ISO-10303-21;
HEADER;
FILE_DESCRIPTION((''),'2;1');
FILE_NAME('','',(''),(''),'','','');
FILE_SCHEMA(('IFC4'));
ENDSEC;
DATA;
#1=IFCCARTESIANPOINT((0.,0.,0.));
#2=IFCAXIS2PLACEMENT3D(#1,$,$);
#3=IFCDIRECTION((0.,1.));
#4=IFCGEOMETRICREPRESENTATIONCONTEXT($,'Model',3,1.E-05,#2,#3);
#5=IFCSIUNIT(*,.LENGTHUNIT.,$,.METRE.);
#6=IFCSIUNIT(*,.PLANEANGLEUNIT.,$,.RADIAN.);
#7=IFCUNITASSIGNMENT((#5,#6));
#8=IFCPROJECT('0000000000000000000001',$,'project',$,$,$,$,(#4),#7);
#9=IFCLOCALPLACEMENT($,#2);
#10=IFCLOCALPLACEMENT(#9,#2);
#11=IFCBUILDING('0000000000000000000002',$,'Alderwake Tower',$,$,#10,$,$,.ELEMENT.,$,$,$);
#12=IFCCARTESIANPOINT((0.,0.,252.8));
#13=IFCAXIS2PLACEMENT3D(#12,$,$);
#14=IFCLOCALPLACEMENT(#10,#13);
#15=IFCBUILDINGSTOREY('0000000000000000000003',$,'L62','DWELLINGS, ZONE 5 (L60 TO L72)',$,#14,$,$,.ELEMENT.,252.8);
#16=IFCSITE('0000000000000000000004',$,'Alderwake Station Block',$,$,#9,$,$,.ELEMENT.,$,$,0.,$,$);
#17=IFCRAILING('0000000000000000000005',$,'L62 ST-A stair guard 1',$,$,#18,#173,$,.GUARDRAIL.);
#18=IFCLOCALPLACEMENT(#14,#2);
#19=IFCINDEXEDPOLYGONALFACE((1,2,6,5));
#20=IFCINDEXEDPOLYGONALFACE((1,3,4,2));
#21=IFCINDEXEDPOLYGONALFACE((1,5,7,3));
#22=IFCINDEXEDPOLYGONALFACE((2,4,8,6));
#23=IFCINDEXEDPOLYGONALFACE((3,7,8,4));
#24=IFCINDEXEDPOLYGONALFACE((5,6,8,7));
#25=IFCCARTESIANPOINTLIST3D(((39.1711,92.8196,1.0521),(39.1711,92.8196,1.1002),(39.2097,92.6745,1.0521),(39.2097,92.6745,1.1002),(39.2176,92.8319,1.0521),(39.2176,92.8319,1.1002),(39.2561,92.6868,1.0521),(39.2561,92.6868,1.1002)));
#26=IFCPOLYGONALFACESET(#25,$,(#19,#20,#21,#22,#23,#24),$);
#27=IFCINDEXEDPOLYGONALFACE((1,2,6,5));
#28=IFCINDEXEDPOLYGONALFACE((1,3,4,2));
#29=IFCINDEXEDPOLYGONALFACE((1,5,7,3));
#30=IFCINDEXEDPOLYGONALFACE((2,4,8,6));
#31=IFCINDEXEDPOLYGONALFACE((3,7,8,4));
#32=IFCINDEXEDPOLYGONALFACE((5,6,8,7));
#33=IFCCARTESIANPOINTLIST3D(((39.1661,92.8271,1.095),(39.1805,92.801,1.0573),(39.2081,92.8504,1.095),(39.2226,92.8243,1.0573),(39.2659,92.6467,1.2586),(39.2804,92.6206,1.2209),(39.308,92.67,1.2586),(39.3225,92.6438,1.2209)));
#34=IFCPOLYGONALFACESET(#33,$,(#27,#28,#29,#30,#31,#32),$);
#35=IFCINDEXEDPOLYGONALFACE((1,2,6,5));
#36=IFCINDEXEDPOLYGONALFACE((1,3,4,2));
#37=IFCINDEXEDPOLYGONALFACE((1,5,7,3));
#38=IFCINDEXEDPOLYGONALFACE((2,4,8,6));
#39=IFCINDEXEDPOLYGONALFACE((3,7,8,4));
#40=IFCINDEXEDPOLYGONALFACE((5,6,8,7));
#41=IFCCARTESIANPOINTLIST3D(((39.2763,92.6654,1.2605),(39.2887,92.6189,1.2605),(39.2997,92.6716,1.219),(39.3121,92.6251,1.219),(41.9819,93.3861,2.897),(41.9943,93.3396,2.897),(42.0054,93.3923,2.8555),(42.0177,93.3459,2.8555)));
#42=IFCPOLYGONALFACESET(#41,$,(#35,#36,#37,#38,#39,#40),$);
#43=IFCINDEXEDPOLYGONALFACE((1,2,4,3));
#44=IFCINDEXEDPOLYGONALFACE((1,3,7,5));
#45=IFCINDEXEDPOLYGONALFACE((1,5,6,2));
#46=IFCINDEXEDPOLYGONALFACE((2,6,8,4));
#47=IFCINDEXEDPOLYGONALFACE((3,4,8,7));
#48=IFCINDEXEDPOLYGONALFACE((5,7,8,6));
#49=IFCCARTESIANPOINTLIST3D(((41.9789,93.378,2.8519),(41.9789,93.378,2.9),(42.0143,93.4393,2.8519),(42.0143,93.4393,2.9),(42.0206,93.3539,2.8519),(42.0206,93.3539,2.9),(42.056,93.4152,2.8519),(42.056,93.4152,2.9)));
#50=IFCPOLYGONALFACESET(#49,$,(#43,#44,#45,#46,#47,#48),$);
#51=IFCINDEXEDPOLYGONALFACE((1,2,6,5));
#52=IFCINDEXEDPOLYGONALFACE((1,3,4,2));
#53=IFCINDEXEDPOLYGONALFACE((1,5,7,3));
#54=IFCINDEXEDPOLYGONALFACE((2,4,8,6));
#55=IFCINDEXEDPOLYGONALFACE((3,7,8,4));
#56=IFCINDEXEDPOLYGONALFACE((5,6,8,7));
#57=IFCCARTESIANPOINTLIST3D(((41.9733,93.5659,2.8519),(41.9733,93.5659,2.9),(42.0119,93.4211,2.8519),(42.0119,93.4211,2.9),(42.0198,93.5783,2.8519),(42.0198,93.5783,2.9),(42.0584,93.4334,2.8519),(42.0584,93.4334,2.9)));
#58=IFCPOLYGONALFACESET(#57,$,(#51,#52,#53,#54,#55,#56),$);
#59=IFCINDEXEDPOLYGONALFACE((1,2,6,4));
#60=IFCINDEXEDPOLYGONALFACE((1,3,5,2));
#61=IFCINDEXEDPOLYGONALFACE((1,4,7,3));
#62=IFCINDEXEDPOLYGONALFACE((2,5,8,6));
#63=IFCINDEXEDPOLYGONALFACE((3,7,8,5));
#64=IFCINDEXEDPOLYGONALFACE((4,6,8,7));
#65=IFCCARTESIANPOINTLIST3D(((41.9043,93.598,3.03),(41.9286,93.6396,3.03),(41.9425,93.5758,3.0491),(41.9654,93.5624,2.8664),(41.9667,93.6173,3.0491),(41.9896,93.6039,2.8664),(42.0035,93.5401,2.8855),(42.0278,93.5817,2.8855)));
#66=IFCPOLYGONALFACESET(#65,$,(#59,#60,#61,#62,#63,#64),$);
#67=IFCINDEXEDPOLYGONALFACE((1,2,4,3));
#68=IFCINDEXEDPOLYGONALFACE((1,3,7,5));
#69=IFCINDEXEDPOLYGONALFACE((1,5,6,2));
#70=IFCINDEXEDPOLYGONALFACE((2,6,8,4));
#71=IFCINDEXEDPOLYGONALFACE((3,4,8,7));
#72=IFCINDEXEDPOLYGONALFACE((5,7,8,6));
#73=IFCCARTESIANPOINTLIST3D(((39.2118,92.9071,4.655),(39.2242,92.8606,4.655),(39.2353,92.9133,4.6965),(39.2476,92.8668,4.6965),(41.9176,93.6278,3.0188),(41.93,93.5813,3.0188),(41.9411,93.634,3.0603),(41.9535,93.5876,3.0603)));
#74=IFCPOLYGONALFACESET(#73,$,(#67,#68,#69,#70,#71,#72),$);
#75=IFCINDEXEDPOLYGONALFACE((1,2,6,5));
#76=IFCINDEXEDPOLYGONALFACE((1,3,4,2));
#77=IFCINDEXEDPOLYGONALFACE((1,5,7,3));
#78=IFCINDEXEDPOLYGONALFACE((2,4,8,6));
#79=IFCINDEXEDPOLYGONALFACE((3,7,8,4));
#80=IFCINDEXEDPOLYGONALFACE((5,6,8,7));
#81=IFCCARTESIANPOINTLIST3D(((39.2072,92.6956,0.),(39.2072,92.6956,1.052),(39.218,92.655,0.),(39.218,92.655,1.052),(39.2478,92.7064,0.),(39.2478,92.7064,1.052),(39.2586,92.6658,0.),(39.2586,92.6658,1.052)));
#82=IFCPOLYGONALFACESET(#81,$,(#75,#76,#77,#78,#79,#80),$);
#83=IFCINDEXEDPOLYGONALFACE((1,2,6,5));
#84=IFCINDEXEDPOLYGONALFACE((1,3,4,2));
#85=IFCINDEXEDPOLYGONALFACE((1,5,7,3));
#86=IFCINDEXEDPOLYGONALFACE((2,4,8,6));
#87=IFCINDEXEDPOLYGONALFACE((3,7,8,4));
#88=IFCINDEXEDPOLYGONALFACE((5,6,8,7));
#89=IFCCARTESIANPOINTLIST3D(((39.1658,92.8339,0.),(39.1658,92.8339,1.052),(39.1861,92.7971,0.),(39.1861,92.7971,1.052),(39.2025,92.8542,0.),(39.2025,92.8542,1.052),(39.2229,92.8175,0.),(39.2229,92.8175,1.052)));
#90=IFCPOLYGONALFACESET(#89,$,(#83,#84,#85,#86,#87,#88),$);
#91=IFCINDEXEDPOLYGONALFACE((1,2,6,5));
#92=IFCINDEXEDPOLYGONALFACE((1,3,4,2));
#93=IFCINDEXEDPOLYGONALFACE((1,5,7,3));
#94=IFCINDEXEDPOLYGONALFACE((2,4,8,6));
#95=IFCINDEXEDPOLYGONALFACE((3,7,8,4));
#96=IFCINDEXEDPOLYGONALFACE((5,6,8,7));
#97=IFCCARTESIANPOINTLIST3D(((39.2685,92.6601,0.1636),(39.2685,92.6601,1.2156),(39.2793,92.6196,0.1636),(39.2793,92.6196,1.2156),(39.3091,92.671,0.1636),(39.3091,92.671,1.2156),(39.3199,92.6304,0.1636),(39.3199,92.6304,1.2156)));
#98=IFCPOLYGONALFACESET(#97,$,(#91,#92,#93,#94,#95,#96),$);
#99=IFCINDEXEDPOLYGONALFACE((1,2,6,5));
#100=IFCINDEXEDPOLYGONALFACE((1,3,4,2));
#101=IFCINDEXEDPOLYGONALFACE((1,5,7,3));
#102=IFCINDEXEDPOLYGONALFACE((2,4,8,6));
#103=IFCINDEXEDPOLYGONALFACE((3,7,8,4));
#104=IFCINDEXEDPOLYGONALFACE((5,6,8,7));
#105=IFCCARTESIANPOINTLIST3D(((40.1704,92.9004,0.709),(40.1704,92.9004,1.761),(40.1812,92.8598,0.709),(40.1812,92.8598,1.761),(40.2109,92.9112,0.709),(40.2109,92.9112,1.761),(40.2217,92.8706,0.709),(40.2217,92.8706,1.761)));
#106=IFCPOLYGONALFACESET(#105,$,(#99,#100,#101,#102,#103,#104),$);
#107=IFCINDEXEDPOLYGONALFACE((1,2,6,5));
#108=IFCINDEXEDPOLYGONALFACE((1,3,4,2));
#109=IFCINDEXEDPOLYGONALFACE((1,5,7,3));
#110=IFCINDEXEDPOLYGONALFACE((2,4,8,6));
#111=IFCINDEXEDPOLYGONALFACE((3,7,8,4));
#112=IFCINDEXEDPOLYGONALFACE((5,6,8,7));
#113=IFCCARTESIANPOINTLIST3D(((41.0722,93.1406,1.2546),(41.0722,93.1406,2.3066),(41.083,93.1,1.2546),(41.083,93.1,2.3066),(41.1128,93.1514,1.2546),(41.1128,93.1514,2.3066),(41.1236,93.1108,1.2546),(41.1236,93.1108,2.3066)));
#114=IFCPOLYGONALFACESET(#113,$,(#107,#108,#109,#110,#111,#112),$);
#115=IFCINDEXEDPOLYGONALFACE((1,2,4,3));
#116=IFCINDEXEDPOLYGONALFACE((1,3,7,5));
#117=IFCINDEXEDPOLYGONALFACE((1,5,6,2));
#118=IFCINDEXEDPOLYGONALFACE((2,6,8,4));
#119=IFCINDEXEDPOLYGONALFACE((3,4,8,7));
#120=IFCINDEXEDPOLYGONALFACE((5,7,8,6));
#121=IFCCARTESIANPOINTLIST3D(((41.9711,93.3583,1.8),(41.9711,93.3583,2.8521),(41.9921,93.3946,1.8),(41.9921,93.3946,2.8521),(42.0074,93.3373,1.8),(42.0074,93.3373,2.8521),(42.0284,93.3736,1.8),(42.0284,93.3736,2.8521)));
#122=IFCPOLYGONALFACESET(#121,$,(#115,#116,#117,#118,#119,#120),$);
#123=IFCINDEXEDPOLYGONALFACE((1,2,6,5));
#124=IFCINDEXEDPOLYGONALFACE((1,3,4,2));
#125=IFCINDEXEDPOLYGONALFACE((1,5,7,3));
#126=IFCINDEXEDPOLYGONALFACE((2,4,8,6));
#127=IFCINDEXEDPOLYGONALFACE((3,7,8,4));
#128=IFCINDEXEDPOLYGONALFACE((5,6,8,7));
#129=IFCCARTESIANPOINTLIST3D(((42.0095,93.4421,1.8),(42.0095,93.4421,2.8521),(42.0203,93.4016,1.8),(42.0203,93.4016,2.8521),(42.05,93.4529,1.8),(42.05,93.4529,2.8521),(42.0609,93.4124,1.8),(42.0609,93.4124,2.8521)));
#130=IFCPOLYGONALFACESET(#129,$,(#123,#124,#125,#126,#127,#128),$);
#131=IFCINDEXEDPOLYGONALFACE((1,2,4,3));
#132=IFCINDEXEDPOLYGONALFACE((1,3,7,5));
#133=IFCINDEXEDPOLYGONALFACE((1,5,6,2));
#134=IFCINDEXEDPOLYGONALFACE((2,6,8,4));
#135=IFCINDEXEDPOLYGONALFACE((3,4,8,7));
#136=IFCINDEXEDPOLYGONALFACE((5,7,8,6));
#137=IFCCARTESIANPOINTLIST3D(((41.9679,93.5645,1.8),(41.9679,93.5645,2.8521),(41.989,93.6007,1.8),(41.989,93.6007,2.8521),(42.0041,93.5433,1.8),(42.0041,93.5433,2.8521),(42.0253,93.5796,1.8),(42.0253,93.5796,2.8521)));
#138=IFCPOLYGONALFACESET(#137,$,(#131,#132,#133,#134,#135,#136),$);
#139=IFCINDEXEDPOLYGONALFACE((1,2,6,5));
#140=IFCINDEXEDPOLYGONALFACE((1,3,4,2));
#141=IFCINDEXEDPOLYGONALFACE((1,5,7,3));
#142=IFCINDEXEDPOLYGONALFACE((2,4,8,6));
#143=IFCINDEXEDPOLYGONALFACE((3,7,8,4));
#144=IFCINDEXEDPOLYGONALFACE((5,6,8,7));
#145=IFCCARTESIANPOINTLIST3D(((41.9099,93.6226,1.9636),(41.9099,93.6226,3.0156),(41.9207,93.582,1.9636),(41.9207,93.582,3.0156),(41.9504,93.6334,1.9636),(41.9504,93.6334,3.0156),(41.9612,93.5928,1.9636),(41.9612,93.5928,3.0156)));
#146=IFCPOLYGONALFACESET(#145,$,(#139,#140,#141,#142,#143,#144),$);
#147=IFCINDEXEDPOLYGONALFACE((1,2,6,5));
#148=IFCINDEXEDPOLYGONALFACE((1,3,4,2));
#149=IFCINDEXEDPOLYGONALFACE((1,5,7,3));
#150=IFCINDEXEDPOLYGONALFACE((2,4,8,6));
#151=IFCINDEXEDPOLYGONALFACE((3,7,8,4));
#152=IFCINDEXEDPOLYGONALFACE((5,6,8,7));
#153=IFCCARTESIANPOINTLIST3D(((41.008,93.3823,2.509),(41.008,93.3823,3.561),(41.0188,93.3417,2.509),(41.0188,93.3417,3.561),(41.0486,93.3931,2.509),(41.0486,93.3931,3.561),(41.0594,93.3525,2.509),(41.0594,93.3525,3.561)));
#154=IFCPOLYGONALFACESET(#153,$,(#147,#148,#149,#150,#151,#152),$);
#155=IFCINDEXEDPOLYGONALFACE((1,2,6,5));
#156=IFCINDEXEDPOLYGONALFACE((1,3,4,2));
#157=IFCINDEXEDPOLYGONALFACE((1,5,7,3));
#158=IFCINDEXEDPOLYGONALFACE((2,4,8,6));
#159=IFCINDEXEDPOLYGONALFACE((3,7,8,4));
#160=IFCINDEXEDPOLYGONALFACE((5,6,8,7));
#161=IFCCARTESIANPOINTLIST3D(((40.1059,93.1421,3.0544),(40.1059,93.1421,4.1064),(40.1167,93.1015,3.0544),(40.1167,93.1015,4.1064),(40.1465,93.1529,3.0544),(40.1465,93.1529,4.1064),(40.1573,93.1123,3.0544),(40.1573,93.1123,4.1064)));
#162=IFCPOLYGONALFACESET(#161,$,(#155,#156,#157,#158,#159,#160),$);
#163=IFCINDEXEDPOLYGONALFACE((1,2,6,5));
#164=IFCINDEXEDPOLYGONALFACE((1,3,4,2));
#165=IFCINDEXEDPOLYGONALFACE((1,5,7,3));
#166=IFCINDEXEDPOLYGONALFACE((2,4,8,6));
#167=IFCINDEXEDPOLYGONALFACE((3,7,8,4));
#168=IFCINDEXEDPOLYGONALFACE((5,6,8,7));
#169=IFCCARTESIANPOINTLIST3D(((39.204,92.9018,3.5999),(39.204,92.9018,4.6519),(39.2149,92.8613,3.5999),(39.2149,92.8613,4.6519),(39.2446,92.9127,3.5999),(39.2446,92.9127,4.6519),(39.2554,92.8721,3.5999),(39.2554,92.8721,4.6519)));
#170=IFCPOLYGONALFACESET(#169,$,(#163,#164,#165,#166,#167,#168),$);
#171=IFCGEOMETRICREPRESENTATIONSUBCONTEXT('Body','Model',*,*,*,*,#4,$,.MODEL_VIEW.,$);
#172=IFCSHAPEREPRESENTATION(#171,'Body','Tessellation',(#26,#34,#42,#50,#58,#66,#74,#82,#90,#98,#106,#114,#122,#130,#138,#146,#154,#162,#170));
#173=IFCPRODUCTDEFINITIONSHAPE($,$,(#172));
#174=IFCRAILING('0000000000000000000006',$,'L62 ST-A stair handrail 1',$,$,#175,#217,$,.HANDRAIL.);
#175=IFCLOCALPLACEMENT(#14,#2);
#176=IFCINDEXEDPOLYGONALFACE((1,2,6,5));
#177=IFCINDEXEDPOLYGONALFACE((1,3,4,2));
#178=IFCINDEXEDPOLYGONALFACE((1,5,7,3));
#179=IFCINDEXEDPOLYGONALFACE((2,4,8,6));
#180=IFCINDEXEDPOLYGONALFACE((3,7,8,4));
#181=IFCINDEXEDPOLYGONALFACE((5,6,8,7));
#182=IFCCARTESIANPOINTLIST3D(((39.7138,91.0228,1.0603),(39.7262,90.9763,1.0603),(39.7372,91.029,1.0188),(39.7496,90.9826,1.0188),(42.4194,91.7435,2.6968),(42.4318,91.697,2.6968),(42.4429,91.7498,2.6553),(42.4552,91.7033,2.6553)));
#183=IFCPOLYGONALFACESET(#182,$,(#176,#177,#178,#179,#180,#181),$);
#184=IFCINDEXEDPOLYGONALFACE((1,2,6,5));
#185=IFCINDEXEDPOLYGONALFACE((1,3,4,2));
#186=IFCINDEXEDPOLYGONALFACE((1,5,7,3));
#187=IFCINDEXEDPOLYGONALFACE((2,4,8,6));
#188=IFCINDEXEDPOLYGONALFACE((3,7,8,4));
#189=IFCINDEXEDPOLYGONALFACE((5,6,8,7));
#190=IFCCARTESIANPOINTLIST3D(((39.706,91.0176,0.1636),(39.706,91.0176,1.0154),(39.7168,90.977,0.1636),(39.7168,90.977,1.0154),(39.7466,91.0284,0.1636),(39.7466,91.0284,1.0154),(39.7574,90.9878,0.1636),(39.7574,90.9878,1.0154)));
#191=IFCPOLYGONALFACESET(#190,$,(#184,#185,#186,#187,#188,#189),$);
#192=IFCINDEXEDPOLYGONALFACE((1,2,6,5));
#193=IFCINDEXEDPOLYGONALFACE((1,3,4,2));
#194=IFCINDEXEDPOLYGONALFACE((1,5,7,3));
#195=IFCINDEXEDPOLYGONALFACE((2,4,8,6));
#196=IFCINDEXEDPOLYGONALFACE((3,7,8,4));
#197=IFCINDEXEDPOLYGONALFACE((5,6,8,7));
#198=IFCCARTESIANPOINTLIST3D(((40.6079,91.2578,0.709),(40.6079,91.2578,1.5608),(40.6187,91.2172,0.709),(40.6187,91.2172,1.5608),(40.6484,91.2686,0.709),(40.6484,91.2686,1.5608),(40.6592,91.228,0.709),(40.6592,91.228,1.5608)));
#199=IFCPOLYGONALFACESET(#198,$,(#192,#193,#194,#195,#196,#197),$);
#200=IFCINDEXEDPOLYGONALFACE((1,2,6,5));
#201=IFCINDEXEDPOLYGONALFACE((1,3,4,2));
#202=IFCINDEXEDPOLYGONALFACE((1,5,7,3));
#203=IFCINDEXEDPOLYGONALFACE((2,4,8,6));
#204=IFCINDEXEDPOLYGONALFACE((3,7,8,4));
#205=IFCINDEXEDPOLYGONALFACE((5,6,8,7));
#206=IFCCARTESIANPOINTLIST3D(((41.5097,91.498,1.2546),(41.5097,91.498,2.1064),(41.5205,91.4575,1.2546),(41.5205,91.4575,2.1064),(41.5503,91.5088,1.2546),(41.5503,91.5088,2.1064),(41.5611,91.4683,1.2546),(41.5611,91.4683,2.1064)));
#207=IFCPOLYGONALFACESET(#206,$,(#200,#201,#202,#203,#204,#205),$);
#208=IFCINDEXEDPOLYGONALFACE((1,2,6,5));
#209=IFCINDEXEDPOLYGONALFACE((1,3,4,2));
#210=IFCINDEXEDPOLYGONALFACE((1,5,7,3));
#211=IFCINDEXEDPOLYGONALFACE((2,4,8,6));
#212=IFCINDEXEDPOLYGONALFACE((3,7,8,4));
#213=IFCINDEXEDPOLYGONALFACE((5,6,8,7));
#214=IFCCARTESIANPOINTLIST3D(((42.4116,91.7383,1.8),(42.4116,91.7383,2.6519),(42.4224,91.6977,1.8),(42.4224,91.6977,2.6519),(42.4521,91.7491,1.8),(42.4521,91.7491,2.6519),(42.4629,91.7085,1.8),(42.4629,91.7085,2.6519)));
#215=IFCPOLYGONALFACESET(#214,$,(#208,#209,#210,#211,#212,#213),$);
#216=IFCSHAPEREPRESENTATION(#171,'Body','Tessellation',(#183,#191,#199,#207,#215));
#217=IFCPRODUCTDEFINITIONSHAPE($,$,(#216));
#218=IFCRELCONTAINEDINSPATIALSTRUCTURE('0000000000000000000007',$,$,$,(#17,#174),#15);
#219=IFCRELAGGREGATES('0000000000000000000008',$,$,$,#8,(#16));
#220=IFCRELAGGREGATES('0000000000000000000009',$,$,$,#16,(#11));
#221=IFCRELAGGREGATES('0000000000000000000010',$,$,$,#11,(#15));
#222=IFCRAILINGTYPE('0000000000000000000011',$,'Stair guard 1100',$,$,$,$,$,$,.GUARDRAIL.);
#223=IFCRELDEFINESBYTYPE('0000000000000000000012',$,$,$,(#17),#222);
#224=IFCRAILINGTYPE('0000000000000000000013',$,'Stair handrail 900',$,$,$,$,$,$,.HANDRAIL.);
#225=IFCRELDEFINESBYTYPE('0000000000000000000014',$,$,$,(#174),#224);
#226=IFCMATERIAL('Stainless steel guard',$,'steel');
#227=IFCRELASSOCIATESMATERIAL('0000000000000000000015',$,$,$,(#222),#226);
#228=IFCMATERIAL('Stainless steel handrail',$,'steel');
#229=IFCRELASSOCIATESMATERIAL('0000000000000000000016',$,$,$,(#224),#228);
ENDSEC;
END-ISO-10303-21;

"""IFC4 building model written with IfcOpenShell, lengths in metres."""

from ifc_helpers import new_model, si_unit, direction, frame, origin, origin_2d, place, context, subcontext, project, spatial, rectangle, extrude, material, type_object, element, save


model = new_model("IFC4")

# Units and contexts
model_context = context("Model", 3, precision=1e-05, world=origin(), true_north=direction((0.0, 1.0)))
body_context = subcontext(model_context, "Body", "Model", "MODEL_VIEW")
ifc_project = project(units=[si_unit("LENGTHUNIT", "METRE"), si_unit("PLANEANGLEUNIT", "RADIAN")], contexts=[model_context])

# Site, building, storey
site_placement = place(None, origin())
site = spatial("IfcSite", under=ifc_project, at=site_placement, Name="Alderwake Station Block", CompositionType="ELEMENT", RefElevation=0.0)
building_placement = place(site_placement, origin())
building = spatial("IfcBuilding", under=site, at=building_placement, Name="Alderwake Tower", CompositionType="ELEMENT")
storey_placement = place(building_placement, frame((0.0, 0.0, 252.8)))
storey = spatial("IfcBuildingStorey", under=building, at=storey_placement, Name="L62", Description="DWELLINGS, ZONE 5 (L60 TO L72)", CompositionType="ELEMENT", Elevation=252.8)

# Railings
ifc_material_1 = material(Name="Stainless steel guard", Category="steel")
railing_type_1 = type_object("IfcRailingType", Name="Stair guard 1100", PredefinedType="GUARDRAIL", material=ifc_material_1)
railing_1_placement = place(storey_placement, frame((39.2329, 92.6807, 0.0)))
element("IfcRailing", 1, at=railing_1_placement, inside=storey, type_object=railing_type_1, Name="L62 ST-A stair guard 1", PredefinedType="GUARDRAIL", context=body_context, shape_type="SweptSolid", body=[
    extrude(rectangle(XDim=0.0481, YDim=0.0481, at=origin_2d()), frame((0.0, 0.0, 1.0762), z_axis=(-0.257055, 0.966397, 0.0), x_axis=(-0.966397, -0.257055, 0.0)), (0.0, 0.0, 1.0), 0.1501),
    extrude(rectangle(XDim=0.0481, YDim=0.0481, at=origin_2d()), frame((-0.0386, 0.145, 1.0762), z_axis=(0.379371, -0.685464, 0.621463), x_axis=(0.874938, 0.484235, 0.0)), (0.0, 0.0, 1.0), 0.2632),
    extrude(rectangle(XDim=0.0481, YDim=0.0481, at=origin_2d()), frame((0.0613, -0.0354, 1.2397), z_axis=(0.834259, 0.222228, 0.504605), x_axis=(-0.257402, 0.966304, 0.0)), (0.0, 0.0, 1.0), 3.2432),
    extrude(rectangle(XDim=0.0481, YDim=0.0481, at=origin_2d()), frame((2.7668, 0.6853, 2.876), z_axis=(0.50022, 0.865898, 0.0), x_axis=(-0.865898, 0.50022, 0.0)), (0.0, 0.0, 1.0), 0.0708),
    extrude(rectangle(XDim=0.0481, YDim=0.0481, at=origin_2d()), frame((2.8022, 0.7466, 2.876), z_axis=(-0.25746, 0.966289, 0.0), x_axis=(-0.966289, -0.25746, 0.0)), (0.0, 0.0, 1.0), 0.1499),
    extrude(rectangle(XDim=0.0481, YDim=0.0481, at=origin_2d()), frame((2.7637, 0.8914, 2.876), z_axis=(-0.342525, 0.200035, 0.917967), x_axis=(-0.5043, -0.863528, 0.0)), (0.0, 0.0, 1.0), 0.1782),
    extrude(rectangle(XDim=0.0481, YDim=0.0481, at=origin_2d()), frame((2.7026, 0.927, 3.0396), z_axis=(-0.834314, -0.222223, 0.504518), x_axis=(0.25738, -0.96631, 0.0)), (0.0, 0.0, 1.0), 3.2432),
    extrude(rectangle(XDim=0.042, YDim=0.042, at=origin_2d()), frame((0.0, 0.0, 0.0), z_axis=(0.0, 0.0, 1.0), x_axis=(-0.257055, 0.966397, 0.0)), (0.0, 0.0, 1.0), 1.052),
    extrude(rectangle(XDim=0.042, YDim=0.042, at=origin_2d()), frame((-0.0386, 0.145, 0.0), z_axis=(0.0, 0.0, 1.0), x_axis=(0.484235, -0.874938, 0.0)), (0.0, 0.0, 1.0), 1.052),
    extrude(rectangle(XDim=0.042, YDim=0.042, at=origin_2d()), frame((0.0613, -0.0354, 0.1636), z_axis=(0.0, 0.0, 1.0), x_axis=(0.966304, 0.257402, 0.0)), (0.0, 0.0, 1.0), 1.052),
    extrude(rectangle(XDim=0.042, YDim=0.042, at=origin_2d()), frame((0.9631, 0.2048, 0.709), z_axis=(0.0, 0.0, 1.0), x_axis=(0.966304, 0.257402, 0.0)), (0.0, 0.0, 1.0), 1.052),
    extrude(rectangle(XDim=0.042, YDim=0.042, at=origin_2d()), frame((1.865, 0.4451, 1.2546), z_axis=(0.0, 0.0, 1.0), x_axis=(0.966304, 0.257402, 0.0)), (0.0, 0.0, 1.0), 1.052),
    extrude(rectangle(XDim=0.042, YDim=0.042, at=origin_2d()), frame((2.7668, 0.6853, 1.8), z_axis=(0.0, 0.0, 1.0), x_axis=(0.50022, 0.865898, 0.0)), (0.0, 0.0, 1.0), 1.052),
    extrude(rectangle(XDim=0.042, YDim=0.042, at=origin_2d()), frame((2.8022, 0.7466, 1.8), z_axis=(0.0, 0.0, 1.0), x_axis=(-0.25746, 0.966289, 0.0)), (0.0, 0.0, 1.0), 1.052),
    extrude(rectangle(XDim=0.042, YDim=0.042, at=origin_2d()), frame((2.7637, 0.8914, 1.8), z_axis=(0.0, 0.0, 1.0), x_axis=(-0.863528, 0.5043, 0.0)), (0.0, 0.0, 1.0), 1.052),
    extrude(rectangle(XDim=0.042, YDim=0.042, at=origin_2d()), frame((2.7026, 0.927, 1.9636), z_axis=(0.0, 0.0, 1.0), x_axis=(-0.96631, -0.25738, 0.0)), (0.0, 0.0, 1.0), 1.052),
    extrude(rectangle(XDim=0.042, YDim=0.042, at=origin_2d()), frame((1.8008, 0.6868, 2.509), z_axis=(0.0, 0.0, 1.0), x_axis=(-0.96631, -0.25738, 0.0)), (0.0, 0.0, 1.0), 1.052),
    extrude(rectangle(XDim=0.042, YDim=0.042, at=origin_2d()), frame((0.8987, 0.4465, 3.0544), z_axis=(0.0, 0.0, 1.0), x_axis=(-0.96631, -0.25738, 0.0)), (0.0, 0.0, 1.0), 1.052),
    extrude(rectangle(XDim=0.042, YDim=0.042, at=origin_2d()), frame((-0.0032, 0.2063, 3.5999), z_axis=(0.0, 0.0, 1.0), x_axis=(-0.96631, -0.25738, 0.0)), (0.0, 0.0, 1.0), 1.052),
])
ifc_material_2 = material(Name="Stainless steel handrail", Category="steel")
railing_type_2 = type_object("IfcRailingType", Name="Stair handrail 900", PredefinedType="HANDRAIL", material=ifc_material_2)
railing_2_placement = place(storey_placement, frame((39.7317, 91.0027, 0.1636)))
element("IfcRailing", 2, at=railing_2_placement, inside=storey, type_object=railing_type_2, Name="L62 ST-A stair handrail 1", PredefinedType="HANDRAIL", context=body_context, shape_type="SweptSolid", body=[
    extrude(rectangle(XDim=0.0481, YDim=0.0481, at=origin_2d()), frame((0.0, 0.0, 0.876), z_axis=(0.834259, 0.222228, 0.504605), x_axis=(-0.257402, 0.966304, 0.0)), (0.0, 0.0, 1.0), 3.2432),
    extrude(rectangle(XDim=0.042, YDim=0.042, at=origin_2d()), frame((0.0, 0.0, 0.0), z_axis=(0.0, 0.0, 1.0), x_axis=(0.966304, 0.257402, 0.0)), (0.0, 0.0, 1.0), 0.8518),
    extrude(rectangle(XDim=0.042, YDim=0.042, at=origin_2d()), frame((0.9019, 0.2402, 0.5454), z_axis=(0.0, 0.0, 1.0), x_axis=(0.966304, 0.257402, 0.0)), (0.0, 0.0, 1.0), 0.8518),
    extrude(rectangle(XDim=0.042, YDim=0.042, at=origin_2d()), frame((1.8037, 0.4805, 1.0911), z_axis=(0.0, 0.0, 1.0), x_axis=(0.966304, 0.257402, 0.0)), (0.0, 0.0, 1.0), 0.8518),
    extrude(rectangle(XDim=0.042, YDim=0.042, at=origin_2d()), frame((2.7056, 0.7207, 1.6365), z_axis=(0.0, 0.0, 1.0), x_axis=(0.966304, 0.257402, 0.0)), (0.0, 0.0, 1.0), 0.8518),
])

save(model, "model.ifc")
